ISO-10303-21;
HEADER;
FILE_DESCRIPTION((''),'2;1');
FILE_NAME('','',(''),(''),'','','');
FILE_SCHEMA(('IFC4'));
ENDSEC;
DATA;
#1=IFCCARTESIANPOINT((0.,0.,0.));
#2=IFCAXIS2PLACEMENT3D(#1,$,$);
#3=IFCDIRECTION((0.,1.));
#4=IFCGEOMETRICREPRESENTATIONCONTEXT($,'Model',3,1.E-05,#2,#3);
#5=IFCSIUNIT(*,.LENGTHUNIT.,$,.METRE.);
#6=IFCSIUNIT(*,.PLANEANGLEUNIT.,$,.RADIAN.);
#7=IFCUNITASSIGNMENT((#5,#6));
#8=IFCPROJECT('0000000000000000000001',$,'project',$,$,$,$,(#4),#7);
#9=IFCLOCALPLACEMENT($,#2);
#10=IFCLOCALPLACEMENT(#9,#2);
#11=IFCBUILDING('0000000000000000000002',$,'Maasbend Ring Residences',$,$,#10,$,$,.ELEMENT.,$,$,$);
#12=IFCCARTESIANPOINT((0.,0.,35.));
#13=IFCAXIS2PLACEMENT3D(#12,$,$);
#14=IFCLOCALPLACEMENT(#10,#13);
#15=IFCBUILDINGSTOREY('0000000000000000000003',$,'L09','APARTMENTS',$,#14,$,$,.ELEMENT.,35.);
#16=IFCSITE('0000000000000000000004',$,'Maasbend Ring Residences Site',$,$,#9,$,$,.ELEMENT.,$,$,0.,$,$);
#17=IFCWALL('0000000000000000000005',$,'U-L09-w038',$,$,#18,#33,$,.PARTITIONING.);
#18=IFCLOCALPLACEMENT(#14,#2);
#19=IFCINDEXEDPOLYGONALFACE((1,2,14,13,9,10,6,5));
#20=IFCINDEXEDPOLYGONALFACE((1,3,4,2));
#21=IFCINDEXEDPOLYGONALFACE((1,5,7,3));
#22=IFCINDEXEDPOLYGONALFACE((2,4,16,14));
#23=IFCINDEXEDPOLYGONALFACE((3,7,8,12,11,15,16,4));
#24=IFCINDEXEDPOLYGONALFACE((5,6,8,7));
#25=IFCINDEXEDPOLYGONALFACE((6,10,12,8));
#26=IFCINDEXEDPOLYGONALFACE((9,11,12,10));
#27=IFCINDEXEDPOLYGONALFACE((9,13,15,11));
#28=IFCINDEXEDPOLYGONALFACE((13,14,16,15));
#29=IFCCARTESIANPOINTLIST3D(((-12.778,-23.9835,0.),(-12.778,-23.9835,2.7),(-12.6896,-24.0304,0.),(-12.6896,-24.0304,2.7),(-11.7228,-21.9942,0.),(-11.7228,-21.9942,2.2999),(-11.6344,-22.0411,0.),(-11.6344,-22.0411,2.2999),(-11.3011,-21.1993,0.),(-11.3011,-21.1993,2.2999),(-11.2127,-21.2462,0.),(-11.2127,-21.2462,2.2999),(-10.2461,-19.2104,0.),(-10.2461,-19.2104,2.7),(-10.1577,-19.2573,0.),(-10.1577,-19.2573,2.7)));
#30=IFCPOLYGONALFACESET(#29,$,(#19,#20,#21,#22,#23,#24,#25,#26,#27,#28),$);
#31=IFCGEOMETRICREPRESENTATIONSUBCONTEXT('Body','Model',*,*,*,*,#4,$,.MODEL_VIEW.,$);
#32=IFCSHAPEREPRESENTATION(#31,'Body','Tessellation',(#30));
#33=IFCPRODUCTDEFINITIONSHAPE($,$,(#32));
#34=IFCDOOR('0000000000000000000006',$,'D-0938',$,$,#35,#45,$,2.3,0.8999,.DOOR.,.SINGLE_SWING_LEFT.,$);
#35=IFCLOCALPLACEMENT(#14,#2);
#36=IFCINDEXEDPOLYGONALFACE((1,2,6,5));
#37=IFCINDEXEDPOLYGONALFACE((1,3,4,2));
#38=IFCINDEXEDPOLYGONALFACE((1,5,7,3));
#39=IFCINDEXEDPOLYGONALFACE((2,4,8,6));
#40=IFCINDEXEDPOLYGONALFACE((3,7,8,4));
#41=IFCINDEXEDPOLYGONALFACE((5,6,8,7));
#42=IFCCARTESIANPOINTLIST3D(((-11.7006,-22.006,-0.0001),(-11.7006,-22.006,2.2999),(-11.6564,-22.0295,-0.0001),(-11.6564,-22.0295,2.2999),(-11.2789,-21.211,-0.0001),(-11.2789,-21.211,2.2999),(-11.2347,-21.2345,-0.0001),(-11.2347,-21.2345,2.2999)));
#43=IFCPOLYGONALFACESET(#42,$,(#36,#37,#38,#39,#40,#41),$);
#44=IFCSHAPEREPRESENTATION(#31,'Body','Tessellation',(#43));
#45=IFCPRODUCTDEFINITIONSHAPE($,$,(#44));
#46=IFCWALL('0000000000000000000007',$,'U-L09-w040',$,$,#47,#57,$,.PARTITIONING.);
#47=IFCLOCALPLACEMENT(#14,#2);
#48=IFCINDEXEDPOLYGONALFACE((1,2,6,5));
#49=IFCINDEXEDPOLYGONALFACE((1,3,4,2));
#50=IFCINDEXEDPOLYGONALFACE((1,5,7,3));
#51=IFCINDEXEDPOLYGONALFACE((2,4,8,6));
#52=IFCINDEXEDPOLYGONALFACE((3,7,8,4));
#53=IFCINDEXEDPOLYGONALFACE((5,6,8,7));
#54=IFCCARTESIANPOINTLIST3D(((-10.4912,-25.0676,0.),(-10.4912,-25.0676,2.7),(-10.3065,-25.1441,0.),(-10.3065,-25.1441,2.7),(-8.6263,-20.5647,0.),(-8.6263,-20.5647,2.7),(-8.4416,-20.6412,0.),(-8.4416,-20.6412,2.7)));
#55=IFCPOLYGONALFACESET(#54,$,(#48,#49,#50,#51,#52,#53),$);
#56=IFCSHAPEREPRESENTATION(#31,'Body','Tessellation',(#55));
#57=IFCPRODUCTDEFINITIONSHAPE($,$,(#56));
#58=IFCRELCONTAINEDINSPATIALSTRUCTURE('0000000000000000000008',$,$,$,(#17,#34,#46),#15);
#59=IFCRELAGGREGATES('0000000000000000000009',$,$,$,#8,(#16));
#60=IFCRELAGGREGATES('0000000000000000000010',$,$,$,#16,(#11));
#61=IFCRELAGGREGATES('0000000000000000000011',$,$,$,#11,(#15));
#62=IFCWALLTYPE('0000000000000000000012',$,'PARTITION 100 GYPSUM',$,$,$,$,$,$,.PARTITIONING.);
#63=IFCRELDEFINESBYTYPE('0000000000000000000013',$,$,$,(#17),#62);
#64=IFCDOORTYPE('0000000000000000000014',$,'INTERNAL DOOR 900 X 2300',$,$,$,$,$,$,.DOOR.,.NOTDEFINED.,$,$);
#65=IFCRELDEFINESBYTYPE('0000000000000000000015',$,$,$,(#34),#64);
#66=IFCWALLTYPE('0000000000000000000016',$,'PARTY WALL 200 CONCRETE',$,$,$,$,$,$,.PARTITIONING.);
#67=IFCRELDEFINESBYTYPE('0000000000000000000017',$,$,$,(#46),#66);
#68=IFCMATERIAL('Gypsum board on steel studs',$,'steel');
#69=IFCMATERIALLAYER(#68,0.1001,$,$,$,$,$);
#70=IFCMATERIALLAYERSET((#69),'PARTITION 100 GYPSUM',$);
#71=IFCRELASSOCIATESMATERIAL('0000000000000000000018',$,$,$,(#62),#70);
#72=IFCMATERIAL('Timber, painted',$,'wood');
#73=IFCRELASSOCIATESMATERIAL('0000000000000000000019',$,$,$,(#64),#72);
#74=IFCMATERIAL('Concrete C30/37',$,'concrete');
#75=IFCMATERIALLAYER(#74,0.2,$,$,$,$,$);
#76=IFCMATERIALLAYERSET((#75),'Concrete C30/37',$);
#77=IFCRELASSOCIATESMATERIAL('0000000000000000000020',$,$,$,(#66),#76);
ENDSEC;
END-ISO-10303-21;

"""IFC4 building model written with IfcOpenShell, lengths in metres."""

from ifc_helpers import new_model, si_unit, direction, frame, frame_2d, origin, place, context, subcontext, project, spatial, rectangle, extrude, material, layer, layer_set, type_object, element, fill, save


model = new_model("IFC4")

# Units and contexts
model_context = context("Model", 3, precision=1e-05, world=origin(), true_north=direction((0.0, 1.0)))
body_context = subcontext(model_context, "Body", "Model", "MODEL_VIEW")
ifc_project = project(units=[si_unit("LENGTHUNIT", "METRE"), si_unit("PLANEANGLEUNIT", "RADIAN")], contexts=[model_context])

# Site, building, storey
site_placement = place(None, origin())
site = spatial("IfcSite", under=ifc_project, at=site_placement, Name="Maasbend Ring Residences Site", CompositionType="ELEMENT", RefElevation=0.0)
building_placement = place(site_placement, origin())
building = spatial("IfcBuilding", under=site, at=building_placement, Name="Maasbend Ring Residences", CompositionType="ELEMENT")
storey_placement = place(building_placement, frame((0.0, 0.0, 35.0)))
storey = spatial("IfcBuildingStorey", under=building, at=storey_placement, Name="L09", Description="APARTMENTS", CompositionType="ELEMENT", Elevation=35.0)

# Shared definitions
ifc_material_1 = material(Name="Gypsum board on steel studs", Category="steel")
ifc_layer_1 = layer(ifc_material_1, 0.1001)
ifc_layer_set_1 = layer_set([ifc_layer_1], Name="PARTITION 100 GYPSUM")
wall_type_1 = type_object("IfcWallType", Name="PARTITION 100 GYPSUM", PredefinedType="PARTITIONING", material=ifc_layer_set_1)

# Wall, opening, door
ifc_material_2 = material(Name="Timber, painted", Category="wood")
door_type_1 = type_object("IfcDoorType", Name="INTERNAL DOOR 900 X 2300", OperationType="NOTDEFINED", PredefinedType="DOOR", material=ifc_material_2)
wall_1_placement = place(storey_placement, frame((-12.7339, -24.0071, 0.0), z_axis=(0.0, 0.0, 1.0), x_axis=(0.46861, 0.883405, 0.0)))
wall_1 = element("IfcWall", 1, at=wall_1_placement, inside=storey, type_object=wall_type_1, Name="U-L09-w038", PredefinedType="PARTITIONING", context=body_context, shape_type="SweptSolid", body=[
    extrude(rectangle(XDim=5.4031, YDim=0.1001, at=frame_2d((2.7017, 0.0))), origin(), (0.0, 0.0, 1.0), 2.7),
])
opening_1_placement = place(wall_1_placement, frame((2.252, 0.0, 0.0)))
opening_1 = element("IfcOpeningElement", 2, at=opening_1_placement, cuts=wall_1, PredefinedType="OPENING", context=body_context, shape_type="SweptSolid", body=[
    extrude(rectangle(XDim=0.8999, YDim=2.3, at=frame_2d((0.45, 1.1499))), frame((0.0, 0.0601, 0.0), z_axis=(0.0, -1.0, 0.0), x_axis=(1.0, 0.0, 0.0)), (0.0, 0.0, 1.0), 0.1201),
])
door_1_placement = place(opening_1_placement, origin())
door_1 = element("IfcDoor", 3, at=door_1_placement, inside=storey, type_object=door_type_1, Name="D-0938", OperationType="SINGLE_SWING_LEFT", OverallHeight=2.3, OverallWidth=0.8999, PredefinedType="DOOR", context=body_context, shape_type="SweptSolid", body=[
    extrude(rectangle(XDim=0.8999, YDim=2.3, at=frame_2d((0.45, 1.1499))), frame((0.0, 0.0249, 0.0), z_axis=(0.0, -1.0, 0.0), x_axis=(1.0, 0.0, 0.0)), (0.0, 0.0, 1.0), 0.05),
])
fill(opening_1, door_1)

# Wall
ifc_material_3 = material(Name="Concrete C30/37", Category="concrete")
ifc_layer_2 = layer(ifc_material_3, 0.2)
ifc_layer_set_2 = layer_set([ifc_layer_2], Name="Concrete C30/37")
wall_type_2 = type_object("IfcWallType", Name="PARTY WALL 200 CONCRETE", PredefinedType="PARTITIONING", material=ifc_layer_set_2)
wall_2_placement = place(storey_placement, frame((-10.3989, -25.106, 0.0), z_axis=(0.0, 0.0, 1.0), x_axis=(0.382651, 0.923893, 0.0)))
element("IfcWall", 4, at=wall_2_placement, inside=storey, type_object=wall_type_2, Name="U-L09-w040", PredefinedType="PARTITIONING", context=body_context, shape_type="SweptSolid", body=[
    extrude(rectangle(XDim=4.8738, YDim=0.2, at=frame_2d((2.437, 0.0))), origin(), (0.0, 0.0, 1.0), 2.7),
])

save(model, "model.ifc")
